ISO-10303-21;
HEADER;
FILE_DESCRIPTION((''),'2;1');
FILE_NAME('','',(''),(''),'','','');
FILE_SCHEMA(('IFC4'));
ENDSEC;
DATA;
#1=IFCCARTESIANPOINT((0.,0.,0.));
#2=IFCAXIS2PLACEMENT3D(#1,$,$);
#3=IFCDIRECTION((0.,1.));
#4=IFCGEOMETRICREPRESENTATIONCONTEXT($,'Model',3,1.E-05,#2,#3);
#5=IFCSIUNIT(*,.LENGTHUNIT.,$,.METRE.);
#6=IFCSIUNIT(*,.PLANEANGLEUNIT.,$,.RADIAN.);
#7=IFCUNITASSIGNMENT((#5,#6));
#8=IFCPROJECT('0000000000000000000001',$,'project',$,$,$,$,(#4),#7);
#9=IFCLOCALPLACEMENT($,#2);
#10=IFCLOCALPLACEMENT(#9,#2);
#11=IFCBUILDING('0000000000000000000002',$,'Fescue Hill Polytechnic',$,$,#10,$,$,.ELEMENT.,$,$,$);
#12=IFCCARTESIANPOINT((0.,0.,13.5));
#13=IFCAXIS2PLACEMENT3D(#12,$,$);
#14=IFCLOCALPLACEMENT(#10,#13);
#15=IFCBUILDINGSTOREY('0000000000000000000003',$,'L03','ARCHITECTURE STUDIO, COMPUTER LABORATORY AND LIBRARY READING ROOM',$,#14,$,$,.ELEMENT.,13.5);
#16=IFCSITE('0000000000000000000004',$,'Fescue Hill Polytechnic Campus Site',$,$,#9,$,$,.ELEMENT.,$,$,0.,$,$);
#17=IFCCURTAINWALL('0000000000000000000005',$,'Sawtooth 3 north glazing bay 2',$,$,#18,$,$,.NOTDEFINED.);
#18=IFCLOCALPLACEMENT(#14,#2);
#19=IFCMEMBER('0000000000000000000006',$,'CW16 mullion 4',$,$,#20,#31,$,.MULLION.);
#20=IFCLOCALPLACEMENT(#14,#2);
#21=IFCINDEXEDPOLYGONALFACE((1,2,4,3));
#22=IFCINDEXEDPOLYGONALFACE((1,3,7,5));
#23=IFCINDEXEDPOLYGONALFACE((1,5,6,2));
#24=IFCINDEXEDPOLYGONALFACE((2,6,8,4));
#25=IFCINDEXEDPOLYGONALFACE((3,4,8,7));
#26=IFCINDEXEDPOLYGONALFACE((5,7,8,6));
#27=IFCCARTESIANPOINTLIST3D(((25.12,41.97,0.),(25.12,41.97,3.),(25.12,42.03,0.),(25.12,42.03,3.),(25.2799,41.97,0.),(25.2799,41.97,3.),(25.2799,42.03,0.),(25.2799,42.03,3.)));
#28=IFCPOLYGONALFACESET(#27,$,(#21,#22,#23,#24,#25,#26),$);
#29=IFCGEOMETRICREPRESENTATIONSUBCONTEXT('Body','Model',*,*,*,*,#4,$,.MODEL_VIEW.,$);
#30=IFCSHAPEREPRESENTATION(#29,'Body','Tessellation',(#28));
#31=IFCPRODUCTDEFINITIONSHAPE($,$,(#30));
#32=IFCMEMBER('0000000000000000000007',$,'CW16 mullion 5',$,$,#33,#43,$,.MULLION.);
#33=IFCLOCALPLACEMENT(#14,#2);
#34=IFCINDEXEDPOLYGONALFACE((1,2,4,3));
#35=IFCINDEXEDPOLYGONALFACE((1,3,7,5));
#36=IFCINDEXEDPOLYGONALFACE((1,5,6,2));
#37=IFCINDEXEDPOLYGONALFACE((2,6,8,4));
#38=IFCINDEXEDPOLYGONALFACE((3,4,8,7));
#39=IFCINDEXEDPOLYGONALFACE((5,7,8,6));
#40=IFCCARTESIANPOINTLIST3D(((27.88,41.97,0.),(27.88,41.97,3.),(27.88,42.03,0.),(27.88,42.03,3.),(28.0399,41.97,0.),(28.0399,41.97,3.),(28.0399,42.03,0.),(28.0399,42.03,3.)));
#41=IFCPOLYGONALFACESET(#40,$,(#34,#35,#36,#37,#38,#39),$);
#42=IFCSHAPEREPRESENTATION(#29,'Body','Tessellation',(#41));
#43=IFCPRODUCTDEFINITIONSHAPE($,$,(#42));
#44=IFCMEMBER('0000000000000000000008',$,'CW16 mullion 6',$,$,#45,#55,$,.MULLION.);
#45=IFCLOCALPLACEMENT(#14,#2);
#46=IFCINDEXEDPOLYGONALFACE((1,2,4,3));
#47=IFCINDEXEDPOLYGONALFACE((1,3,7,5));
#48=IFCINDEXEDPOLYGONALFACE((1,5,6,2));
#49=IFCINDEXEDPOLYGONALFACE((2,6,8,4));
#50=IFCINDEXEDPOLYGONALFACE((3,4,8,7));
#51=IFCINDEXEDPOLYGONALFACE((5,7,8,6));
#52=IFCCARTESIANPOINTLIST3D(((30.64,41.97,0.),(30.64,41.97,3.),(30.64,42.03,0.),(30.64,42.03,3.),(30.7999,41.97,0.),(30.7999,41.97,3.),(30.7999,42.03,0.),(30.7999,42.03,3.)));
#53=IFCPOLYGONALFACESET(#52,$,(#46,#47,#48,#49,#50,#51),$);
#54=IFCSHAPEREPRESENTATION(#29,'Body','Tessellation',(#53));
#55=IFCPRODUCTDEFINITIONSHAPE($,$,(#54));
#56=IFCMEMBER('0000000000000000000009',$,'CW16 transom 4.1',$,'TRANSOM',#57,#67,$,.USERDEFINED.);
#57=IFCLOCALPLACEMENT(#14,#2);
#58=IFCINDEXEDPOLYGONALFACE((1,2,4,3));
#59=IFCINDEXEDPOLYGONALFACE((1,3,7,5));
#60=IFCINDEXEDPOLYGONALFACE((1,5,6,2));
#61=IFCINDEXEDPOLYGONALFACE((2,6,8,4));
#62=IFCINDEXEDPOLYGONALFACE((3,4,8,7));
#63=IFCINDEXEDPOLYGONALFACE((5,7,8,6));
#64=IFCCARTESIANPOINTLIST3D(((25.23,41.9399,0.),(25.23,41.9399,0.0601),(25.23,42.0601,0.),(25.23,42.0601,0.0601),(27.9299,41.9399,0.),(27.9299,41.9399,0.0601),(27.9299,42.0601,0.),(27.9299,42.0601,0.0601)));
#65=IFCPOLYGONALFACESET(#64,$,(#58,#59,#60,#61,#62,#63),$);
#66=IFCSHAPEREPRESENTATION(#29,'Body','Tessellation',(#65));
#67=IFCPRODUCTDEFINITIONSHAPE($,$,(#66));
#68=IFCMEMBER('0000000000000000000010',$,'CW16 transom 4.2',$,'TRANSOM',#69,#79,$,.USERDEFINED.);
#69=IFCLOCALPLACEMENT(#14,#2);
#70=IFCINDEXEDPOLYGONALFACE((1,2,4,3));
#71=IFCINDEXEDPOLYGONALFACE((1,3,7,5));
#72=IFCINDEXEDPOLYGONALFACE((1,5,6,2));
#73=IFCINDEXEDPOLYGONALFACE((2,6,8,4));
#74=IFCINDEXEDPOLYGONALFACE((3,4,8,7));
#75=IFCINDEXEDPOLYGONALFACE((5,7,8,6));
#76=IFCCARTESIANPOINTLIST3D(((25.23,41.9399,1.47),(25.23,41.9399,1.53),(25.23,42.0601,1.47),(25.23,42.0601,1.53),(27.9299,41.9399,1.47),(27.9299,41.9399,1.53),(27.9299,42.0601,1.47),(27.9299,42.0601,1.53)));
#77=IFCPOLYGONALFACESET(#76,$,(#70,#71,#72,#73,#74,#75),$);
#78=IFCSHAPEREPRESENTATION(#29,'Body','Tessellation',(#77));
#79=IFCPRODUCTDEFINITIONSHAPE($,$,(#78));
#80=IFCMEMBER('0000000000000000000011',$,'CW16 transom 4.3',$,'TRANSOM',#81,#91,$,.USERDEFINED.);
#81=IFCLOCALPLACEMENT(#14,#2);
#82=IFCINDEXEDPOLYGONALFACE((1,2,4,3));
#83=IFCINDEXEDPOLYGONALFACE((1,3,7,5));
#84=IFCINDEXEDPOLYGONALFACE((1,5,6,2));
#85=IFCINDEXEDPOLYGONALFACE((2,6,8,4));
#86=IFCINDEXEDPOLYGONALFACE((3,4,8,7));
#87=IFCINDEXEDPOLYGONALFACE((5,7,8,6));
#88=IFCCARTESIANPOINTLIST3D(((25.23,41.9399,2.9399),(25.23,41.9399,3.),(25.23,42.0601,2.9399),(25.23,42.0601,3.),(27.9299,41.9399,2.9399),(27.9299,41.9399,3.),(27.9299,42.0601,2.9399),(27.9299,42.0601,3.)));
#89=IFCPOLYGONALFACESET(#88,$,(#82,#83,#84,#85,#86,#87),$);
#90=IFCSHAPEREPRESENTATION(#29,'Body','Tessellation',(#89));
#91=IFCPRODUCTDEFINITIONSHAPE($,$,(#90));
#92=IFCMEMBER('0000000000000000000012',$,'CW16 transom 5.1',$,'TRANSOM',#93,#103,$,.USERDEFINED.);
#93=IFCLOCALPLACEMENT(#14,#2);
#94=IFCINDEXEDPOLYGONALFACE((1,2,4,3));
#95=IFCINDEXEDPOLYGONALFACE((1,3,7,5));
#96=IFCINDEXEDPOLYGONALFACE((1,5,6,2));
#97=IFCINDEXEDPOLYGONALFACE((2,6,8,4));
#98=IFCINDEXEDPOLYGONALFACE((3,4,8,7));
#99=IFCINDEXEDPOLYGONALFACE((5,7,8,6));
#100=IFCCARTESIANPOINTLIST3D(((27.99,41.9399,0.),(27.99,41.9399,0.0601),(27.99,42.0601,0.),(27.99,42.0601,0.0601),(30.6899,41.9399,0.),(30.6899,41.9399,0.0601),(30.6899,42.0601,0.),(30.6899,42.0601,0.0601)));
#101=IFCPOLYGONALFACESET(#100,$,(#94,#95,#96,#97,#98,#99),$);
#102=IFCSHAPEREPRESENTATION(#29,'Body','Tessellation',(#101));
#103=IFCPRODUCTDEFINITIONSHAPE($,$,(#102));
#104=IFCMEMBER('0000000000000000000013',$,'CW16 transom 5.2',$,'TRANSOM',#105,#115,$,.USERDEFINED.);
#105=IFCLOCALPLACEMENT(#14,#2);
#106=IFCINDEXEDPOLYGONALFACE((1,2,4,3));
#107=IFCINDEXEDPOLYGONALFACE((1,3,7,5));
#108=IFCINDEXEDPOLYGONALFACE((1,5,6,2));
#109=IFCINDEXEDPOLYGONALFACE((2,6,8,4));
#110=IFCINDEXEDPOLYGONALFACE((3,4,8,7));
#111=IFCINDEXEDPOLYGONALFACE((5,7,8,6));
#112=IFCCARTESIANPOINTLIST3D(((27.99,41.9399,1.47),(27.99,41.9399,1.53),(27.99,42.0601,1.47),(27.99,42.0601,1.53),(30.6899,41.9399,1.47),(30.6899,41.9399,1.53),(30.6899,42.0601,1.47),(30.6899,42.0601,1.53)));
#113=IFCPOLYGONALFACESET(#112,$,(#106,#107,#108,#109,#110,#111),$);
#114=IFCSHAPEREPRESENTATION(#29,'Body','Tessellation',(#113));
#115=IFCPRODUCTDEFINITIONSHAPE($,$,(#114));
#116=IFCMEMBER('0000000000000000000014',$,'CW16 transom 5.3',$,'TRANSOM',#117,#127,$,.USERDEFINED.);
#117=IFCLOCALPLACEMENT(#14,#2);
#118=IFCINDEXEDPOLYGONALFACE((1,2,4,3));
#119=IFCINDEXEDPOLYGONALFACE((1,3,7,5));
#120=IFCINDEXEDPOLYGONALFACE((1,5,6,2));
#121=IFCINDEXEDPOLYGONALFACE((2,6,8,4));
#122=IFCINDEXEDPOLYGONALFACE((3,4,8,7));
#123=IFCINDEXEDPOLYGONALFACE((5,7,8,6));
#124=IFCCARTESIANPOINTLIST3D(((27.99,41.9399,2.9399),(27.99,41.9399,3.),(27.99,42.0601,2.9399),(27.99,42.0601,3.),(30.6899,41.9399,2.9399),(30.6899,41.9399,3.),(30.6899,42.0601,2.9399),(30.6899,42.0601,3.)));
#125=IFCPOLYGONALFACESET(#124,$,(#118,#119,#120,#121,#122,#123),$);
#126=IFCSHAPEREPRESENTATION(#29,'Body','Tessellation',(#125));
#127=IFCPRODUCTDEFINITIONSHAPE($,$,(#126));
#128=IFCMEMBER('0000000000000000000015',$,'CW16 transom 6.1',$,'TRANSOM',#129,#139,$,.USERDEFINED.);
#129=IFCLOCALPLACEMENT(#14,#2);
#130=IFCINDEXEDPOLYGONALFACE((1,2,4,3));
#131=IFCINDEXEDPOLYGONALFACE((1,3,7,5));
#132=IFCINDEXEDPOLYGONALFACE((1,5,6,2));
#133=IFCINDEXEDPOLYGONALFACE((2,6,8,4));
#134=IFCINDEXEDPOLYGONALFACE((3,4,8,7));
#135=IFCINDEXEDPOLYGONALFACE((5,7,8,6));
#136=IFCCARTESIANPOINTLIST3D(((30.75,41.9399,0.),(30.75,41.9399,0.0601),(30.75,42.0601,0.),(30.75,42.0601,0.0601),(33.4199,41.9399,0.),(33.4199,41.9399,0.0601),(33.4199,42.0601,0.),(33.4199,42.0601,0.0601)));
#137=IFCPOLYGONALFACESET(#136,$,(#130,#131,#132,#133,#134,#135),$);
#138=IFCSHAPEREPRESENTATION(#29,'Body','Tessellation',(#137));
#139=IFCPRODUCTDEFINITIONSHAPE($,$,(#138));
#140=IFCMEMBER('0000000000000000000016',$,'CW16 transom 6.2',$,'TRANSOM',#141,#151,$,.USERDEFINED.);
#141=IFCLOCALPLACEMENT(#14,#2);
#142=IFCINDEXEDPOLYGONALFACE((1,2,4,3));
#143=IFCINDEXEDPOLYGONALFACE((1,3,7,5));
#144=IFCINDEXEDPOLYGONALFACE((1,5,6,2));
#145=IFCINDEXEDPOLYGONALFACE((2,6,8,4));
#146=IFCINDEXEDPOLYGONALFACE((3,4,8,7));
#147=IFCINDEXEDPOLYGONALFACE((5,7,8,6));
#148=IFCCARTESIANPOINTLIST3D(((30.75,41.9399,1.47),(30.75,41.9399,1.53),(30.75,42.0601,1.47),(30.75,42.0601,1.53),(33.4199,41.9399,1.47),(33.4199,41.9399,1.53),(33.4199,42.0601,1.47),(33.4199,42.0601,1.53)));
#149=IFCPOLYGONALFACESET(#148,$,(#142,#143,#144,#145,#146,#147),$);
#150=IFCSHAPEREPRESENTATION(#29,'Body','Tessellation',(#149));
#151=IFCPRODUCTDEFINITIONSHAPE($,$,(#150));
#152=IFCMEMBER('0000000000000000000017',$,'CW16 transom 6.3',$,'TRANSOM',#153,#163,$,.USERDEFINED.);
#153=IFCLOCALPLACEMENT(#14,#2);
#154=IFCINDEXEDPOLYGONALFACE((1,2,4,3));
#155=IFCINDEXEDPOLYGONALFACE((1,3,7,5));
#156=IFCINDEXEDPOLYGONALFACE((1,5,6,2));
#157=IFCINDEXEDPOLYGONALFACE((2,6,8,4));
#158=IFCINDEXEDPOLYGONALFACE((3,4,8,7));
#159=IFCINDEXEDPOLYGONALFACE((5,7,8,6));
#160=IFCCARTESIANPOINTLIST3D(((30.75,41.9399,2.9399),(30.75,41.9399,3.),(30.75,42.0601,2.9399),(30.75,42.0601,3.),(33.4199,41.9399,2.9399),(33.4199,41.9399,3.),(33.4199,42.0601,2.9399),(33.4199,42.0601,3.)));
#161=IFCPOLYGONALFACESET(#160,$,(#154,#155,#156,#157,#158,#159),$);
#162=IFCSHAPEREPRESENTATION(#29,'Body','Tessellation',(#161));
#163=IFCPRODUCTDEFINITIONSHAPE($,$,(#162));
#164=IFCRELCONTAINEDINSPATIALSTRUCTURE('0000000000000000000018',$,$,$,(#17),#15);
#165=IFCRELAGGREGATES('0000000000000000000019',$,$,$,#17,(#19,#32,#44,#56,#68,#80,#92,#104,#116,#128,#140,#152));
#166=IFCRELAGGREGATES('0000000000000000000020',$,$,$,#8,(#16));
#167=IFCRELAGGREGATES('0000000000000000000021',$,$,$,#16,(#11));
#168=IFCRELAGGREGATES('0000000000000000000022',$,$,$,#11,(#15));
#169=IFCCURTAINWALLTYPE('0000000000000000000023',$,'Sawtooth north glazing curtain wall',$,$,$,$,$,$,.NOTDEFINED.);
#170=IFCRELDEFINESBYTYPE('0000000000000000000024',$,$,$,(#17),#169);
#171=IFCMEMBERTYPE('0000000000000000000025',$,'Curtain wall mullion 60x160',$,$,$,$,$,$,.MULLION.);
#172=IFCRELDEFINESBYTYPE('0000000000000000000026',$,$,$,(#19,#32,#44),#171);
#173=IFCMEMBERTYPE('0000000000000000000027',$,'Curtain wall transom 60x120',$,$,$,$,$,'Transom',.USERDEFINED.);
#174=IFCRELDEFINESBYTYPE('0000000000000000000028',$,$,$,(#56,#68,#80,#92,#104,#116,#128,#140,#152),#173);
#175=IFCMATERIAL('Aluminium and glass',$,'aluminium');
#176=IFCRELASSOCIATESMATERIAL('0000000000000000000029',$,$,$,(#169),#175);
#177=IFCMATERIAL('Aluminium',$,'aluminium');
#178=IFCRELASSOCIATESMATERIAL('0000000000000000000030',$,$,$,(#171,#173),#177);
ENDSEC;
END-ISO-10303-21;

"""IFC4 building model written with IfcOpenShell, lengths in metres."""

from ifc_helpers import new_model, si_unit, direction, frame, origin, origin_2d, place, context, subcontext, project, spatial, rectangle, extrude, material, material_profile, profile_set, type_object, element, aggregate, save


model = new_model("IFC4")

# Units and contexts
model_context = context("Model", 3, precision=1e-05, world=origin(), true_north=direction((0.0, 1.0)))
body_context = subcontext(model_context, "Body", "Model", "MODEL_VIEW")
ifc_project = project(units=[si_unit("LENGTHUNIT", "METRE"), si_unit("PLANEANGLEUNIT", "RADIAN")], contexts=[model_context])

# Site, building, storey
site_placement = place(None, origin())
site = spatial("IfcSite", under=ifc_project, at=site_placement, Name="Fescue Hill Polytechnic Campus Site", CompositionType="ELEMENT", RefElevation=0.0)
building_placement = place(site_placement, origin())
building = spatial("IfcBuilding", under=site, at=building_placement, Name="Fescue Hill Polytechnic", CompositionType="ELEMENT")
storey_placement = place(building_placement, frame((0.0, 0.0, 13.5)))
storey = spatial("IfcBuildingStorey", under=building, at=storey_placement, Name="L03", Description="ARCHITECTURE STUDIO, COMPUTER LABORATORY AND LIBRARY READING ROOM", CompositionType="ELEMENT", Elevation=13.5)

# Curtain wall, members
ifc_material_1 = material(Name="Aluminium and glass", Category="aluminium")
curtain_wall_type = type_object("IfcCurtainWallType", Name="Sawtooth north glazing curtain wall", PredefinedType="NOTDEFINED", material=ifc_material_1)
curtain_wall_placement = place(storey_placement, origin())
curtain_wall = element("IfcCurtainWall", 1, at=curtain_wall_placement, inside=storey, type_object=curtain_wall_type, Name="Sawtooth 3 north glazing bay 2", PredefinedType="NOTDEFINED")
ifc_material_2 = material(Name="Aluminium", Category="aluminium")
ifc_material_profile_1 = material_profile(ifc_material_2, rectangle(XDim=0.0601, YDim=0.1599, at=origin_2d()), Name="Curtain wall mullion 60x160")
ifc_profile_set_1 = profile_set([ifc_material_profile_1], Name="Aluminium")
member_type_1 = type_object("IfcMemberType", Name="Curtain wall mullion 60x160", PredefinedType="MULLION", material=ifc_profile_set_1)
member_1_placement = place(storey_placement, frame((25.2, 42.0, 0.0), z_axis=(0.0, 0.0, 1.0), x_axis=(0.0, 1.0, 0.0)))
member_1 = element("IfcMember", 2, at=member_1_placement, type_object=member_type_1, Name="CW16 mullion 4", PredefinedType="MULLION", context=body_context, shape_type="SweptSolid", body=[
    extrude(rectangle(XDim=0.0601, YDim=0.1599, at=origin_2d()), origin(), (0.0, 0.0, 1.0), 3.0),
])
member_2_placement = place(storey_placement, frame((27.96, 42.0, 0.0), z_axis=(0.0, 0.0, 1.0), x_axis=(0.0, 1.0, 0.0)))
member_2 = element("IfcMember", 3, at=member_2_placement, type_object=member_type_1, Name="CW16 mullion 5", PredefinedType="MULLION", context=body_context, shape_type="SweptSolid", body=[
    extrude(rectangle(XDim=0.0601, YDim=0.1599, at=origin_2d()), origin(), (0.0, 0.0, 1.0), 3.0),
])
member_3_placement = place(storey_placement, frame((30.72, 42.0, 0.0), z_axis=(0.0, 0.0, 1.0), x_axis=(0.0, 1.0, 0.0)))
member_3 = element("IfcMember", 4, at=member_3_placement, type_object=member_type_1, Name="CW16 mullion 6", PredefinedType="MULLION", context=body_context, shape_type="SweptSolid", body=[
    extrude(rectangle(XDim=0.0601, YDim=0.1599, at=origin_2d()), origin(), (0.0, 0.0, 1.0), 3.0),
])
ifc_material_profile_2 = material_profile(ifc_material_2, rectangle(XDim=0.1201, YDim=0.0601, at=origin_2d()), Name="Curtain wall transom 60x120")
ifc_profile_set_2 = profile_set([ifc_material_profile_2], Name="Aluminium")
member_type_2 = type_object("IfcMemberType", Name="Curtain wall transom 60x120", ElementType="Transom", PredefinedType="USERDEFINED", material=ifc_profile_set_2)
member_4_placement = place(storey_placement, frame((25.23, 42.0, 0.03), z_axis=(1.0, 0.0, 0.0), x_axis=(0.0, 1.0, 0.0)))
member_4 = element("IfcMember", 5, at=member_4_placement, type_object=member_type_2, Name="CW16 transom 4.1", ObjectType="TRANSOM", PredefinedType="USERDEFINED", context=body_context, shape_type="SweptSolid", body=[
    extrude(rectangle(XDim=0.1201, YDim=0.0601, at=origin_2d()), origin(), (0.0, 0.0, 1.0), 2.7),
])
member_5_placement = place(storey_placement, frame((25.23, 42.0, 1.5), z_axis=(1.0, 0.0, 0.0), x_axis=(0.0, 1.0, 0.0)))
member_5 = element("IfcMember", 6, at=member_5_placement, type_object=member_type_2, Name="CW16 transom 4.2", ObjectType="TRANSOM", PredefinedType="USERDEFINED", context=body_context, shape_type="SweptSolid", body=[
    extrude(rectangle(XDim=0.1201, YDim=0.0601, at=origin_2d()), origin(), (0.0, 0.0, 1.0), 2.7),
])
member_6_placement = place(storey_placement, frame((25.23, 42.0, 2.97), z_axis=(1.0, 0.0, 0.0), x_axis=(0.0, 1.0, 0.0)))
member_6 = element("IfcMember", 7, at=member_6_placement, type_object=member_type_2, Name="CW16 transom 4.3", ObjectType="TRANSOM", PredefinedType="USERDEFINED", context=body_context, shape_type="SweptSolid", body=[
    extrude(rectangle(XDim=0.1201, YDim=0.0601, at=origin_2d()), origin(), (0.0, 0.0, 1.0), 2.7),
])
member_7_placement = place(storey_placement, frame((27.99, 42.0, 0.03), z_axis=(1.0, 0.0, 0.0), x_axis=(0.0, 1.0, 0.0)))
member_7 = element("IfcMember", 8, at=member_7_placement, type_object=member_type_2, Name="CW16 transom 5.1", ObjectType="TRANSOM", PredefinedType="USERDEFINED", context=body_context, shape_type="SweptSolid", body=[
    extrude(rectangle(XDim=0.1201, YDim=0.0601, at=origin_2d()), origin(), (0.0, 0.0, 1.0), 2.7),
])
member_8_placement = place(storey_placement, frame((27.99, 42.0, 1.5), z_axis=(1.0, 0.0, 0.0), x_axis=(0.0, 1.0, 0.0)))
member_8 = element("IfcMember", 9, at=member_8_placement, type_object=member_type_2, Name="CW16 transom 5.2", ObjectType="TRANSOM", PredefinedType="USERDEFINED", context=body_context, shape_type="SweptSolid", body=[
    extrude(rectangle(XDim=0.1201, YDim=0.0601, at=origin_2d()), origin(), (0.0, 0.0, 1.0), 2.7),
])
member_9_placement = place(storey_placement, frame((27.99, 42.0, 2.97), z_axis=(1.0, 0.0, 0.0), x_axis=(0.0, 1.0, 0.0)))
member_9 = element("IfcMember", 10, at=member_9_placement, type_object=member_type_2, Name="CW16 transom 5.3", ObjectType="TRANSOM", PredefinedType="USERDEFINED", context=body_context, shape_type="SweptSolid", body=[
    extrude(rectangle(XDim=0.1201, YDim=0.0601, at=origin_2d()), origin(), (0.0, 0.0, 1.0), 2.7),
])
member_10_placement = place(storey_placement, frame((30.75, 42.0, 0.03), z_axis=(1.0, 0.0, 0.0), x_axis=(0.0, 1.0, 0.0)))
member_10 = element("IfcMember", 11, at=member_10_placement, type_object=member_type_2, Name="CW16 transom 6.1", ObjectType="TRANSOM", PredefinedType="USERDEFINED", context=body_context, shape_type="SweptSolid", body=[
    extrude(rectangle(XDim=0.1201, YDim=0.0601, at=origin_2d()), origin(), (0.0, 0.0, 1.0), 2.6699),
])
member_11_placement = place(storey_placement, frame((30.75, 42.0, 1.5), z_axis=(1.0, 0.0, 0.0), x_axis=(0.0, 1.0, 0.0)))
member_11 = element("IfcMember", 12, at=member_11_placement, type_object=member_type_2, Name="CW16 transom 6.2", ObjectType="TRANSOM", PredefinedType="USERDEFINED", context=body_context, shape_type="SweptSolid", body=[
    extrude(rectangle(XDim=0.1201, YDim=0.0601, at=origin_2d()), origin(), (0.0, 0.0, 1.0), 2.6699),
])
member_12_placement = place(storey_placement, frame((30.75, 42.0, 2.97), z_axis=(1.0, 0.0, 0.0), x_axis=(0.0, 1.0, 0.0)))
member_12 = element("IfcMember", 13, at=member_12_placement, type_object=member_type_2, Name="CW16 transom 6.3", ObjectType="TRANSOM", PredefinedType="USERDEFINED", context=body_context, shape_type="SweptSolid", body=[
    extrude(rectangle(XDim=0.1201, YDim=0.0601, at=origin_2d()), origin(), (0.0, 0.0, 1.0), 2.6699),
])

aggregate(curtain_wall, [member_1, member_2, member_3, member_4, member_5, member_6, member_7, member_8, member_9, member_10, member_11, member_12])

save(model, "model.ifc")
